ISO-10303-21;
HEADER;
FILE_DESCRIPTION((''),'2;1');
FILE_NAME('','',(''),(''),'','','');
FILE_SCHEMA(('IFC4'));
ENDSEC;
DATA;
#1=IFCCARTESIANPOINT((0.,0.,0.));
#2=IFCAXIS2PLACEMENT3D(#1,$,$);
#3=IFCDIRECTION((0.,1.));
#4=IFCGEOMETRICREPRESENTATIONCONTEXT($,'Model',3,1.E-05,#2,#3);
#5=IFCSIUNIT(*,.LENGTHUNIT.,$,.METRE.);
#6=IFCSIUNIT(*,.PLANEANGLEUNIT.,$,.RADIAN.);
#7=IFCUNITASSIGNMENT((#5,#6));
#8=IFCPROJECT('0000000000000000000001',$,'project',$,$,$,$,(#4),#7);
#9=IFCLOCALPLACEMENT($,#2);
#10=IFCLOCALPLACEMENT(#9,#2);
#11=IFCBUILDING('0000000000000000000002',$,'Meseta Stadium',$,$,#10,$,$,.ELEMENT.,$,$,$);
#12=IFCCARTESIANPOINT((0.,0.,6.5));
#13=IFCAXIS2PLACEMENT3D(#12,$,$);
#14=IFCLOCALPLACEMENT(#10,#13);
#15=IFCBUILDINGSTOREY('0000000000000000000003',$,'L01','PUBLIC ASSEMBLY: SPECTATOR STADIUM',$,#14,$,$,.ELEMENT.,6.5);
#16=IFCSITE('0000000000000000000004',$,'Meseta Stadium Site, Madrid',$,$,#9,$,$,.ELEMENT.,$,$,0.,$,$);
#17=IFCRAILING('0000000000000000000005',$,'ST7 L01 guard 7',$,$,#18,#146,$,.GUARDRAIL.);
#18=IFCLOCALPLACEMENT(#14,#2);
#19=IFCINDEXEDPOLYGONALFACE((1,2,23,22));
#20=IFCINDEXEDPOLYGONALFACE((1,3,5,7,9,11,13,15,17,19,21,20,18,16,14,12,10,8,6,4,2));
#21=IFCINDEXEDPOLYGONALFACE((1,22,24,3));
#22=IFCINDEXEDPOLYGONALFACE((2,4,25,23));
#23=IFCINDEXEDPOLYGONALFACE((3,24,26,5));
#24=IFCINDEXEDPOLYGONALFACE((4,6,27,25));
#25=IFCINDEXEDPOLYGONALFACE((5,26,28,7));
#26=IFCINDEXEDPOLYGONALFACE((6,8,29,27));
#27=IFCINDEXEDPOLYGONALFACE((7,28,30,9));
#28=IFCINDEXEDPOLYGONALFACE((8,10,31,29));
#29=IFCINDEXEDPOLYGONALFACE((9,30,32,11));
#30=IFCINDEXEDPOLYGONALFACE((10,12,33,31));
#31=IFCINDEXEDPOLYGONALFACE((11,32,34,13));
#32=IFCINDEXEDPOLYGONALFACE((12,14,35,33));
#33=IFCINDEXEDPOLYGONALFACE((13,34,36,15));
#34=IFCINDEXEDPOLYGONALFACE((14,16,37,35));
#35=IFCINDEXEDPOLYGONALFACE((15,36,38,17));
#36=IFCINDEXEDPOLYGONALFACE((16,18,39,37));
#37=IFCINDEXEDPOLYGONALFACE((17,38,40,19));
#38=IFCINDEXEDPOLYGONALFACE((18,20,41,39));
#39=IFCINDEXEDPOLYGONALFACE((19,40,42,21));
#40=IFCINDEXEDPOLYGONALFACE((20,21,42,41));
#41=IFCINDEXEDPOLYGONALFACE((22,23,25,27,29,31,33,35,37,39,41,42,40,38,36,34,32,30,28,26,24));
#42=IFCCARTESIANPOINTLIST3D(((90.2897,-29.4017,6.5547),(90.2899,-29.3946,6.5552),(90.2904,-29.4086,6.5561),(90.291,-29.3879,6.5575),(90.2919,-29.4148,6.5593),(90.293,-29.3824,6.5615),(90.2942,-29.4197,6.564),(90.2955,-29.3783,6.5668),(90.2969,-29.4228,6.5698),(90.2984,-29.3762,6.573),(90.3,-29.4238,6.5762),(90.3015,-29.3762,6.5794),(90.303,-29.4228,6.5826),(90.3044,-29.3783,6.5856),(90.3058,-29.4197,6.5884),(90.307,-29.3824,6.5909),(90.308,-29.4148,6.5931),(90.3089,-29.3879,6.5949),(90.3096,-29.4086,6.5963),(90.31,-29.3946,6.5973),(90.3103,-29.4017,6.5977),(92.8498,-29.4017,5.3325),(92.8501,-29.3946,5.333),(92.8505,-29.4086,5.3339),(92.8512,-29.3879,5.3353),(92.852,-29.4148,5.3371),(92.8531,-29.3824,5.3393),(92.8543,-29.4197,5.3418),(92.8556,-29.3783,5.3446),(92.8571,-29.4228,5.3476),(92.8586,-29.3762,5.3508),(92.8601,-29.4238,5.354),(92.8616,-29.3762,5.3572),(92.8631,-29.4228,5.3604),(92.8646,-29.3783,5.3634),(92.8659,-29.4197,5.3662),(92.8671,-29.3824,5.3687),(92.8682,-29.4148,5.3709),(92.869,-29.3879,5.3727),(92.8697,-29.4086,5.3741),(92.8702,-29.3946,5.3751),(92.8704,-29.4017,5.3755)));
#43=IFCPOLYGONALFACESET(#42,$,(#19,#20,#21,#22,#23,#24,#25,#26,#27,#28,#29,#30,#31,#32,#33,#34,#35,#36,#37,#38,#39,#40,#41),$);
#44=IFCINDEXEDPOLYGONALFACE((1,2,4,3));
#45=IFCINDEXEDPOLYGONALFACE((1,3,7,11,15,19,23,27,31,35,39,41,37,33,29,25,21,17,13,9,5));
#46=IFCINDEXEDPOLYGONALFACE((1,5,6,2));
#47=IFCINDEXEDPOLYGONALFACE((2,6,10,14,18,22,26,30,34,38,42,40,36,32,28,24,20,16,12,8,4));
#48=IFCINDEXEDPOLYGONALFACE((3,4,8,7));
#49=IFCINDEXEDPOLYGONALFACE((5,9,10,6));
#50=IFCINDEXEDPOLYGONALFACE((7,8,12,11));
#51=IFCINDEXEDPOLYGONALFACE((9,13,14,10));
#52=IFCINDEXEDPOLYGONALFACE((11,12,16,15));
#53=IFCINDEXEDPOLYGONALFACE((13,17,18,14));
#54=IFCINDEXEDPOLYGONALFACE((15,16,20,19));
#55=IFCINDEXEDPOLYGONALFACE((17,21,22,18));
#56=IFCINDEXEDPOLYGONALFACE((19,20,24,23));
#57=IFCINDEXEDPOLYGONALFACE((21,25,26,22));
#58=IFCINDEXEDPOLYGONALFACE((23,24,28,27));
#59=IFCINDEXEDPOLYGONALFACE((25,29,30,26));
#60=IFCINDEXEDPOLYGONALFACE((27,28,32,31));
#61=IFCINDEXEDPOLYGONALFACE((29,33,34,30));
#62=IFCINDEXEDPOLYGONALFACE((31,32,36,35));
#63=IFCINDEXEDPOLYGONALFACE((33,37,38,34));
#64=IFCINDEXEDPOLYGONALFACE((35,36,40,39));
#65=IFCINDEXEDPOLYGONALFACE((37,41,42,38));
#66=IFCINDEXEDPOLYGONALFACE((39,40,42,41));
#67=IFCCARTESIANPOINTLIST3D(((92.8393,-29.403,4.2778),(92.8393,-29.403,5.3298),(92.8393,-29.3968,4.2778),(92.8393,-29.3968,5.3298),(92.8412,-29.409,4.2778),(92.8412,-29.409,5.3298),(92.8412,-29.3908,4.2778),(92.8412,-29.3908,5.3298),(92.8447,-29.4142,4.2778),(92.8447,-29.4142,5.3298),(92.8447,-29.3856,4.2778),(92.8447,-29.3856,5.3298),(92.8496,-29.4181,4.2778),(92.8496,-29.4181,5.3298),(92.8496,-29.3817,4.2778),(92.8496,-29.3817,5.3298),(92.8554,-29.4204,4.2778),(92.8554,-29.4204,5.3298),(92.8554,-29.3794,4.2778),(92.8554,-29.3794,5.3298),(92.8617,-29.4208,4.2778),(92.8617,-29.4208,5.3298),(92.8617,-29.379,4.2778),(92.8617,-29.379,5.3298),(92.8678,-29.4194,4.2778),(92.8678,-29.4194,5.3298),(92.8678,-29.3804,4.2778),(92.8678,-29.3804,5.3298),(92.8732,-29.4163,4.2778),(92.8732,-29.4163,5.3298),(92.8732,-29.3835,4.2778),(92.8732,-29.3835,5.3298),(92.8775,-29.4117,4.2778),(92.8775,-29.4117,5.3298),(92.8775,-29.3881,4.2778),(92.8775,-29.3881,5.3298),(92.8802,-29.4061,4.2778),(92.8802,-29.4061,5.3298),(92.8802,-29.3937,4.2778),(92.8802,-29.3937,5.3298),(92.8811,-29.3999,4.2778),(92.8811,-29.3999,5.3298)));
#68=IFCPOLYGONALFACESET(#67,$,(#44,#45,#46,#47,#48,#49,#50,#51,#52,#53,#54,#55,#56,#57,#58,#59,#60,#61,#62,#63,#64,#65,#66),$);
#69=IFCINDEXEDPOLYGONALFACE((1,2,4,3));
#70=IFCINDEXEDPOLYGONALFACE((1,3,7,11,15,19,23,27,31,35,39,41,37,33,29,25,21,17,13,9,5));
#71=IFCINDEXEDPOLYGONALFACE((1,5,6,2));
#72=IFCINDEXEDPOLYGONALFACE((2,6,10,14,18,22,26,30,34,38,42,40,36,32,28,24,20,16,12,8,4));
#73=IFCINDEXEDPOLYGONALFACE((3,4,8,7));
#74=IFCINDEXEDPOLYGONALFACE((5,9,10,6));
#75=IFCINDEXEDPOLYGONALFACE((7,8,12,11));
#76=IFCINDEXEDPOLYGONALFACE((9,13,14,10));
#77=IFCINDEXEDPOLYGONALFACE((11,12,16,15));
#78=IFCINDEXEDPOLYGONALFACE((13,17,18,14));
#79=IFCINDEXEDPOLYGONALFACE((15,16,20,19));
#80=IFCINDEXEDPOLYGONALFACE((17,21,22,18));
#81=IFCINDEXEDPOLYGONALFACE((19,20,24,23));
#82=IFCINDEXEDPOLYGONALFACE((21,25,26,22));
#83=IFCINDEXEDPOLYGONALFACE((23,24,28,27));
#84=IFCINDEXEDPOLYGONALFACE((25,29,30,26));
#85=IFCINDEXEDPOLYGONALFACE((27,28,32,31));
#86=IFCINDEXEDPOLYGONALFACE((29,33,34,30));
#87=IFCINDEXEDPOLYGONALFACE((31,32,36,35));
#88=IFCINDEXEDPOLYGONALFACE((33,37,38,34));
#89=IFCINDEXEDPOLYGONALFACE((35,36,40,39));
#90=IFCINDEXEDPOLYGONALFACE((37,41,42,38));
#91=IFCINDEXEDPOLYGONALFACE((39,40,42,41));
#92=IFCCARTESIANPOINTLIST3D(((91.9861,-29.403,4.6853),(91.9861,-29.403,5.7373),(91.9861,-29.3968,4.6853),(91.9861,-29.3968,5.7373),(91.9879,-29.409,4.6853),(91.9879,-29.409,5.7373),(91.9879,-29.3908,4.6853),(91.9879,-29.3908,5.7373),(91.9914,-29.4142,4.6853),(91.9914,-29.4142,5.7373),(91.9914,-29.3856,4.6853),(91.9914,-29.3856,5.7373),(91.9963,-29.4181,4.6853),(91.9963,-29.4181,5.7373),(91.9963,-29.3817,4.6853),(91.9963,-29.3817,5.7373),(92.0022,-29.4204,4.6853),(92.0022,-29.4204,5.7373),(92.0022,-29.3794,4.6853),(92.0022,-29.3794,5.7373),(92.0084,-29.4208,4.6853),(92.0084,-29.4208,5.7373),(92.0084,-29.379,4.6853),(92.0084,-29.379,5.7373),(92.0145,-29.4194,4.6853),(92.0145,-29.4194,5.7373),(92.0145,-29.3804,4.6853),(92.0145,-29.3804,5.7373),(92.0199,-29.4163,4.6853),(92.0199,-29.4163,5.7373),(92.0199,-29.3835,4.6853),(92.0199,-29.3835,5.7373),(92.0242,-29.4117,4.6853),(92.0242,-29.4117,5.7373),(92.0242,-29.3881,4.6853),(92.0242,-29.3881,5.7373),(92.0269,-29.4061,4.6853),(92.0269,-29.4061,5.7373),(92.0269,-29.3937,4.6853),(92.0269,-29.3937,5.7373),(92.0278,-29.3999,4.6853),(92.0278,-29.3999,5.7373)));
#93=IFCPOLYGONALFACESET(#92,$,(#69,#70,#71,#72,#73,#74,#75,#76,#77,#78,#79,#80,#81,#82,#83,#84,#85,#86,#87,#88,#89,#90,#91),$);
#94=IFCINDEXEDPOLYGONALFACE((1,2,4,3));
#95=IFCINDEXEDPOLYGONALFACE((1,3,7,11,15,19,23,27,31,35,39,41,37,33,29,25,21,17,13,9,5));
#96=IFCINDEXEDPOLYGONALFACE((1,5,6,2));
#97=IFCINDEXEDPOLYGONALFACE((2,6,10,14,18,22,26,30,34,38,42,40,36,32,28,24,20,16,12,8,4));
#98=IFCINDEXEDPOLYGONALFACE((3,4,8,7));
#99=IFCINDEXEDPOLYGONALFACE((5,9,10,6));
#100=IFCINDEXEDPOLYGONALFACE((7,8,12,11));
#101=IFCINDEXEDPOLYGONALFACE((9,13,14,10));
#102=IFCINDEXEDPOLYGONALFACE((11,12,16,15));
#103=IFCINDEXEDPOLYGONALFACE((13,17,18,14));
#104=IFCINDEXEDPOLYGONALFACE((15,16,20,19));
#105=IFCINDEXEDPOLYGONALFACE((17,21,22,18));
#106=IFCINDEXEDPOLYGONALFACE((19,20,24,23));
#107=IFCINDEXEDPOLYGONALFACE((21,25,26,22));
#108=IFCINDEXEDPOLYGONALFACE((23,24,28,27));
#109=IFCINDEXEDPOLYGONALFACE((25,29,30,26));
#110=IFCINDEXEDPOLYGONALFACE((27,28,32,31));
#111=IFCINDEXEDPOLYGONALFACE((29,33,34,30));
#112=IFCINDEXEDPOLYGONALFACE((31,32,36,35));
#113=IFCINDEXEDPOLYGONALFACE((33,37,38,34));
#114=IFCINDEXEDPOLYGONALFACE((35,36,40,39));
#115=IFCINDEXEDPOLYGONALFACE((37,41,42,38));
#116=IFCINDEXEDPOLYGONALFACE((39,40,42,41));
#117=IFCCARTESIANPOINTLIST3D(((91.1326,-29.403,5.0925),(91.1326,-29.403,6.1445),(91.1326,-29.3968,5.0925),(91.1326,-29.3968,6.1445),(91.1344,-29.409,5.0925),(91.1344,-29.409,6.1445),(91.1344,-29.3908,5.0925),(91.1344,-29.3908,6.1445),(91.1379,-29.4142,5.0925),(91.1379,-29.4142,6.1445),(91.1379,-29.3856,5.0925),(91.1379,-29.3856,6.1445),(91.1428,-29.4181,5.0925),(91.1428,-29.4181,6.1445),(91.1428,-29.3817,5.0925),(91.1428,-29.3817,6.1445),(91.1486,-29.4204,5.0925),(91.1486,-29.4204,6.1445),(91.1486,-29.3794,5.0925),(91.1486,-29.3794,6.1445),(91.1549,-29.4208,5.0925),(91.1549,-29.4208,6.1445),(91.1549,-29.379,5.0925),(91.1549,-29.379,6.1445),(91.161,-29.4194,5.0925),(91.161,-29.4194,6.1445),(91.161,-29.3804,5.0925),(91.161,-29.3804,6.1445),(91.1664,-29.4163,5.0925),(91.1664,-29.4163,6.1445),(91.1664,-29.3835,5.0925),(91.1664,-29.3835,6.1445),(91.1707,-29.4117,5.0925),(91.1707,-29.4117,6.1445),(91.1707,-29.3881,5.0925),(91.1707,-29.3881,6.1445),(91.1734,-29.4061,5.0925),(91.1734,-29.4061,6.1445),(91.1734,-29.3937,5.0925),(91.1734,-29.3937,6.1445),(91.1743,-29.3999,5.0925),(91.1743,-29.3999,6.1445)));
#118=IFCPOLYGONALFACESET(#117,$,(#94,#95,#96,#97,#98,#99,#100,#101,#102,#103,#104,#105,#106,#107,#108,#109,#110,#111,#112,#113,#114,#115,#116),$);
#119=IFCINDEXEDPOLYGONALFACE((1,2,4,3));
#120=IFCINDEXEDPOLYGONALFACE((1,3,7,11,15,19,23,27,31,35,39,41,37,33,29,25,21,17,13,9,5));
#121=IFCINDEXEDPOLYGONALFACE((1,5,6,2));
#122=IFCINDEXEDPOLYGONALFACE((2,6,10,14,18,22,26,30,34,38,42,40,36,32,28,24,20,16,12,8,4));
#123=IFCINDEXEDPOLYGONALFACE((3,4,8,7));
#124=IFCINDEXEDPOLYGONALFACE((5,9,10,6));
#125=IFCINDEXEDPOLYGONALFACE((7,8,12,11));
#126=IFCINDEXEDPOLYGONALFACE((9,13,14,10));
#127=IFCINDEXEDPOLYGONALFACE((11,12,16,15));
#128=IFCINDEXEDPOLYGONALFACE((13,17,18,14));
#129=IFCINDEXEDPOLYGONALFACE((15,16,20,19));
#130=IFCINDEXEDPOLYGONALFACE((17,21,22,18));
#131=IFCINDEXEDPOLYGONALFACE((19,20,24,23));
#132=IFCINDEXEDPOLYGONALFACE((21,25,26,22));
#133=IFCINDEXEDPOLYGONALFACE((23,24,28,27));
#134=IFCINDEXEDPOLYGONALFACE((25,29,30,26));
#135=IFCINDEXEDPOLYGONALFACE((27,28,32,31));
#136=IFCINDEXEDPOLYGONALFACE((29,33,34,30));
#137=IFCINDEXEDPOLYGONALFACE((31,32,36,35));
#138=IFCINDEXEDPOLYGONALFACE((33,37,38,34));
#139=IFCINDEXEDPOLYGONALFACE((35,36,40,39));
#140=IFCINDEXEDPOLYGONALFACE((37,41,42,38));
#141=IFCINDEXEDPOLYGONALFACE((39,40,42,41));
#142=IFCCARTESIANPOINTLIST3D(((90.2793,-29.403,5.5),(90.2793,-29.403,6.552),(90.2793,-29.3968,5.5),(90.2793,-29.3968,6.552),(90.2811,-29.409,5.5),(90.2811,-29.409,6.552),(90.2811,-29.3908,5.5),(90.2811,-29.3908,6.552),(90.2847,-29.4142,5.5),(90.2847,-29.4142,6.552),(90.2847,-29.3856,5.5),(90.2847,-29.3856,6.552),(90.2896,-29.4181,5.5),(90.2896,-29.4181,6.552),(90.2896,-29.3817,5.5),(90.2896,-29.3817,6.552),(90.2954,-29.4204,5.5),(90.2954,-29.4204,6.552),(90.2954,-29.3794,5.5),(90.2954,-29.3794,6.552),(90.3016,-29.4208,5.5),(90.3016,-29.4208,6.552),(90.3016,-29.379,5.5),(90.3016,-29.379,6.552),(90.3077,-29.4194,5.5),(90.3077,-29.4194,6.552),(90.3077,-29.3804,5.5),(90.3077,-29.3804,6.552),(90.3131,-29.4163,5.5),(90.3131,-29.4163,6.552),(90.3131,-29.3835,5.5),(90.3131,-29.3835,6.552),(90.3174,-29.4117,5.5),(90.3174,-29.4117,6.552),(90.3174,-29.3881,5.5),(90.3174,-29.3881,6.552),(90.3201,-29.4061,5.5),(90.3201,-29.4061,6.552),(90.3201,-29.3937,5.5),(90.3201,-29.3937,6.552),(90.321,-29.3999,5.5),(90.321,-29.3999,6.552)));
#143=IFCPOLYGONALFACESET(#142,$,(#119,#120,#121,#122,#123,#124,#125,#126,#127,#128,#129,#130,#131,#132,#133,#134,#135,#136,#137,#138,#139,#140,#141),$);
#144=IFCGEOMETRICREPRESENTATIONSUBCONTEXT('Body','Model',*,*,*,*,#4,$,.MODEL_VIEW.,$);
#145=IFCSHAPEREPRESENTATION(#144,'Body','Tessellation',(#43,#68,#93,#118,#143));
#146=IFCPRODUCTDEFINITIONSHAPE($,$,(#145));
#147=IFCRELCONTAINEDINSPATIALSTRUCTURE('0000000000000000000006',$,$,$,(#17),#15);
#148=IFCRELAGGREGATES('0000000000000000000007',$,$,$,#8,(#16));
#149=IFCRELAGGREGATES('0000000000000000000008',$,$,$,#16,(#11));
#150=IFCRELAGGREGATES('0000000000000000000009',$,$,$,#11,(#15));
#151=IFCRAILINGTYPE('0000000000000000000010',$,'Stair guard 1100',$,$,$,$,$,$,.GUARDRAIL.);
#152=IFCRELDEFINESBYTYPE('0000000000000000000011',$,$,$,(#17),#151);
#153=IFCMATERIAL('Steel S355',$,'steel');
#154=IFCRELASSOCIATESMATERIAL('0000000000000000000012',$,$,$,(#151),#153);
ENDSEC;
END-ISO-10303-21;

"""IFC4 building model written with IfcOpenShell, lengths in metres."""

from ifc_helpers import new_model, si_unit, direction, frame, origin, origin_2d, place, context, subcontext, project, spatial, circle, extrude, material, type_object, element, save


model = new_model("IFC4")

# Units and contexts
model_context = context("Model", 3, precision=1e-05, world=origin(), true_north=direction((0.0, 1.0)))
body_context = subcontext(model_context, "Body", "Model", "MODEL_VIEW")
ifc_project = project(units=[si_unit("LENGTHUNIT", "METRE"), si_unit("PLANEANGLEUNIT", "RADIAN")], contexts=[model_context])

# Site, building, storey
site_placement = place(None, origin())
site = spatial("IfcSite", under=ifc_project, at=site_placement, Name="Meseta Stadium Site, Madrid", CompositionType="ELEMENT", RefElevation=0.0)
building_placement = place(site_placement, origin())
building = spatial("IfcBuilding", under=site, at=building_placement, Name="Meseta Stadium", CompositionType="ELEMENT")
storey_placement = place(building_placement, frame((0.0, 0.0, 6.5)))
storey = spatial("IfcBuildingStorey", under=building, at=storey_placement, Name="L01", Description="PUBLIC ASSEMBLY: SPECTATOR STADIUM", CompositionType="ELEMENT", Elevation=6.5)

# Railing
ifc_material_1 = material(Name="Steel S355", Category="steel")
railing_type_1 = type_object("IfcRailingType", Name="Stair guard 1100", PredefinedType="GUARDRAIL", material=ifc_material_1)
railing_1_placement = place(storey_placement, frame((92.8601, -29.3999, 4.2778)))
element("IfcRailing", 1, at=railing_1_placement, inside=storey, type_object=railing_type_1, Name="ST7 L01 guard 7", PredefinedType="GUARDRAIL", context=body_context, shape_type="SweptSolid", body=[
    extrude(circle(Radius=0.0239, at=origin_2d()), frame((0.0, 0.0, 1.0762), z_axis=(-0.902437, 0.0, 0.430822), x_axis=(0.0, -1.0, 0.0)), (0.0, 0.0, 1.0), 2.8369),
    extrude(circle(Radius=0.021, at=origin_2d()), origin(), (0.0, 0.0, 1.0), 1.052),
    extrude(circle(Radius=0.021, at=origin_2d()), frame((-0.8533, 0.0, 0.4075)), (0.0, 0.0, 1.0), 1.052),
    extrude(circle(Radius=0.021, at=origin_2d()), frame((-1.7068, 0.0, 0.8147)), (0.0, 0.0, 1.0), 1.052),
    extrude(circle(Radius=0.021, at=origin_2d()), frame((-2.5601, 0.0, 1.2222)), (0.0, 0.0, 1.0), 1.052),
])

save(model, "model.ifc")
